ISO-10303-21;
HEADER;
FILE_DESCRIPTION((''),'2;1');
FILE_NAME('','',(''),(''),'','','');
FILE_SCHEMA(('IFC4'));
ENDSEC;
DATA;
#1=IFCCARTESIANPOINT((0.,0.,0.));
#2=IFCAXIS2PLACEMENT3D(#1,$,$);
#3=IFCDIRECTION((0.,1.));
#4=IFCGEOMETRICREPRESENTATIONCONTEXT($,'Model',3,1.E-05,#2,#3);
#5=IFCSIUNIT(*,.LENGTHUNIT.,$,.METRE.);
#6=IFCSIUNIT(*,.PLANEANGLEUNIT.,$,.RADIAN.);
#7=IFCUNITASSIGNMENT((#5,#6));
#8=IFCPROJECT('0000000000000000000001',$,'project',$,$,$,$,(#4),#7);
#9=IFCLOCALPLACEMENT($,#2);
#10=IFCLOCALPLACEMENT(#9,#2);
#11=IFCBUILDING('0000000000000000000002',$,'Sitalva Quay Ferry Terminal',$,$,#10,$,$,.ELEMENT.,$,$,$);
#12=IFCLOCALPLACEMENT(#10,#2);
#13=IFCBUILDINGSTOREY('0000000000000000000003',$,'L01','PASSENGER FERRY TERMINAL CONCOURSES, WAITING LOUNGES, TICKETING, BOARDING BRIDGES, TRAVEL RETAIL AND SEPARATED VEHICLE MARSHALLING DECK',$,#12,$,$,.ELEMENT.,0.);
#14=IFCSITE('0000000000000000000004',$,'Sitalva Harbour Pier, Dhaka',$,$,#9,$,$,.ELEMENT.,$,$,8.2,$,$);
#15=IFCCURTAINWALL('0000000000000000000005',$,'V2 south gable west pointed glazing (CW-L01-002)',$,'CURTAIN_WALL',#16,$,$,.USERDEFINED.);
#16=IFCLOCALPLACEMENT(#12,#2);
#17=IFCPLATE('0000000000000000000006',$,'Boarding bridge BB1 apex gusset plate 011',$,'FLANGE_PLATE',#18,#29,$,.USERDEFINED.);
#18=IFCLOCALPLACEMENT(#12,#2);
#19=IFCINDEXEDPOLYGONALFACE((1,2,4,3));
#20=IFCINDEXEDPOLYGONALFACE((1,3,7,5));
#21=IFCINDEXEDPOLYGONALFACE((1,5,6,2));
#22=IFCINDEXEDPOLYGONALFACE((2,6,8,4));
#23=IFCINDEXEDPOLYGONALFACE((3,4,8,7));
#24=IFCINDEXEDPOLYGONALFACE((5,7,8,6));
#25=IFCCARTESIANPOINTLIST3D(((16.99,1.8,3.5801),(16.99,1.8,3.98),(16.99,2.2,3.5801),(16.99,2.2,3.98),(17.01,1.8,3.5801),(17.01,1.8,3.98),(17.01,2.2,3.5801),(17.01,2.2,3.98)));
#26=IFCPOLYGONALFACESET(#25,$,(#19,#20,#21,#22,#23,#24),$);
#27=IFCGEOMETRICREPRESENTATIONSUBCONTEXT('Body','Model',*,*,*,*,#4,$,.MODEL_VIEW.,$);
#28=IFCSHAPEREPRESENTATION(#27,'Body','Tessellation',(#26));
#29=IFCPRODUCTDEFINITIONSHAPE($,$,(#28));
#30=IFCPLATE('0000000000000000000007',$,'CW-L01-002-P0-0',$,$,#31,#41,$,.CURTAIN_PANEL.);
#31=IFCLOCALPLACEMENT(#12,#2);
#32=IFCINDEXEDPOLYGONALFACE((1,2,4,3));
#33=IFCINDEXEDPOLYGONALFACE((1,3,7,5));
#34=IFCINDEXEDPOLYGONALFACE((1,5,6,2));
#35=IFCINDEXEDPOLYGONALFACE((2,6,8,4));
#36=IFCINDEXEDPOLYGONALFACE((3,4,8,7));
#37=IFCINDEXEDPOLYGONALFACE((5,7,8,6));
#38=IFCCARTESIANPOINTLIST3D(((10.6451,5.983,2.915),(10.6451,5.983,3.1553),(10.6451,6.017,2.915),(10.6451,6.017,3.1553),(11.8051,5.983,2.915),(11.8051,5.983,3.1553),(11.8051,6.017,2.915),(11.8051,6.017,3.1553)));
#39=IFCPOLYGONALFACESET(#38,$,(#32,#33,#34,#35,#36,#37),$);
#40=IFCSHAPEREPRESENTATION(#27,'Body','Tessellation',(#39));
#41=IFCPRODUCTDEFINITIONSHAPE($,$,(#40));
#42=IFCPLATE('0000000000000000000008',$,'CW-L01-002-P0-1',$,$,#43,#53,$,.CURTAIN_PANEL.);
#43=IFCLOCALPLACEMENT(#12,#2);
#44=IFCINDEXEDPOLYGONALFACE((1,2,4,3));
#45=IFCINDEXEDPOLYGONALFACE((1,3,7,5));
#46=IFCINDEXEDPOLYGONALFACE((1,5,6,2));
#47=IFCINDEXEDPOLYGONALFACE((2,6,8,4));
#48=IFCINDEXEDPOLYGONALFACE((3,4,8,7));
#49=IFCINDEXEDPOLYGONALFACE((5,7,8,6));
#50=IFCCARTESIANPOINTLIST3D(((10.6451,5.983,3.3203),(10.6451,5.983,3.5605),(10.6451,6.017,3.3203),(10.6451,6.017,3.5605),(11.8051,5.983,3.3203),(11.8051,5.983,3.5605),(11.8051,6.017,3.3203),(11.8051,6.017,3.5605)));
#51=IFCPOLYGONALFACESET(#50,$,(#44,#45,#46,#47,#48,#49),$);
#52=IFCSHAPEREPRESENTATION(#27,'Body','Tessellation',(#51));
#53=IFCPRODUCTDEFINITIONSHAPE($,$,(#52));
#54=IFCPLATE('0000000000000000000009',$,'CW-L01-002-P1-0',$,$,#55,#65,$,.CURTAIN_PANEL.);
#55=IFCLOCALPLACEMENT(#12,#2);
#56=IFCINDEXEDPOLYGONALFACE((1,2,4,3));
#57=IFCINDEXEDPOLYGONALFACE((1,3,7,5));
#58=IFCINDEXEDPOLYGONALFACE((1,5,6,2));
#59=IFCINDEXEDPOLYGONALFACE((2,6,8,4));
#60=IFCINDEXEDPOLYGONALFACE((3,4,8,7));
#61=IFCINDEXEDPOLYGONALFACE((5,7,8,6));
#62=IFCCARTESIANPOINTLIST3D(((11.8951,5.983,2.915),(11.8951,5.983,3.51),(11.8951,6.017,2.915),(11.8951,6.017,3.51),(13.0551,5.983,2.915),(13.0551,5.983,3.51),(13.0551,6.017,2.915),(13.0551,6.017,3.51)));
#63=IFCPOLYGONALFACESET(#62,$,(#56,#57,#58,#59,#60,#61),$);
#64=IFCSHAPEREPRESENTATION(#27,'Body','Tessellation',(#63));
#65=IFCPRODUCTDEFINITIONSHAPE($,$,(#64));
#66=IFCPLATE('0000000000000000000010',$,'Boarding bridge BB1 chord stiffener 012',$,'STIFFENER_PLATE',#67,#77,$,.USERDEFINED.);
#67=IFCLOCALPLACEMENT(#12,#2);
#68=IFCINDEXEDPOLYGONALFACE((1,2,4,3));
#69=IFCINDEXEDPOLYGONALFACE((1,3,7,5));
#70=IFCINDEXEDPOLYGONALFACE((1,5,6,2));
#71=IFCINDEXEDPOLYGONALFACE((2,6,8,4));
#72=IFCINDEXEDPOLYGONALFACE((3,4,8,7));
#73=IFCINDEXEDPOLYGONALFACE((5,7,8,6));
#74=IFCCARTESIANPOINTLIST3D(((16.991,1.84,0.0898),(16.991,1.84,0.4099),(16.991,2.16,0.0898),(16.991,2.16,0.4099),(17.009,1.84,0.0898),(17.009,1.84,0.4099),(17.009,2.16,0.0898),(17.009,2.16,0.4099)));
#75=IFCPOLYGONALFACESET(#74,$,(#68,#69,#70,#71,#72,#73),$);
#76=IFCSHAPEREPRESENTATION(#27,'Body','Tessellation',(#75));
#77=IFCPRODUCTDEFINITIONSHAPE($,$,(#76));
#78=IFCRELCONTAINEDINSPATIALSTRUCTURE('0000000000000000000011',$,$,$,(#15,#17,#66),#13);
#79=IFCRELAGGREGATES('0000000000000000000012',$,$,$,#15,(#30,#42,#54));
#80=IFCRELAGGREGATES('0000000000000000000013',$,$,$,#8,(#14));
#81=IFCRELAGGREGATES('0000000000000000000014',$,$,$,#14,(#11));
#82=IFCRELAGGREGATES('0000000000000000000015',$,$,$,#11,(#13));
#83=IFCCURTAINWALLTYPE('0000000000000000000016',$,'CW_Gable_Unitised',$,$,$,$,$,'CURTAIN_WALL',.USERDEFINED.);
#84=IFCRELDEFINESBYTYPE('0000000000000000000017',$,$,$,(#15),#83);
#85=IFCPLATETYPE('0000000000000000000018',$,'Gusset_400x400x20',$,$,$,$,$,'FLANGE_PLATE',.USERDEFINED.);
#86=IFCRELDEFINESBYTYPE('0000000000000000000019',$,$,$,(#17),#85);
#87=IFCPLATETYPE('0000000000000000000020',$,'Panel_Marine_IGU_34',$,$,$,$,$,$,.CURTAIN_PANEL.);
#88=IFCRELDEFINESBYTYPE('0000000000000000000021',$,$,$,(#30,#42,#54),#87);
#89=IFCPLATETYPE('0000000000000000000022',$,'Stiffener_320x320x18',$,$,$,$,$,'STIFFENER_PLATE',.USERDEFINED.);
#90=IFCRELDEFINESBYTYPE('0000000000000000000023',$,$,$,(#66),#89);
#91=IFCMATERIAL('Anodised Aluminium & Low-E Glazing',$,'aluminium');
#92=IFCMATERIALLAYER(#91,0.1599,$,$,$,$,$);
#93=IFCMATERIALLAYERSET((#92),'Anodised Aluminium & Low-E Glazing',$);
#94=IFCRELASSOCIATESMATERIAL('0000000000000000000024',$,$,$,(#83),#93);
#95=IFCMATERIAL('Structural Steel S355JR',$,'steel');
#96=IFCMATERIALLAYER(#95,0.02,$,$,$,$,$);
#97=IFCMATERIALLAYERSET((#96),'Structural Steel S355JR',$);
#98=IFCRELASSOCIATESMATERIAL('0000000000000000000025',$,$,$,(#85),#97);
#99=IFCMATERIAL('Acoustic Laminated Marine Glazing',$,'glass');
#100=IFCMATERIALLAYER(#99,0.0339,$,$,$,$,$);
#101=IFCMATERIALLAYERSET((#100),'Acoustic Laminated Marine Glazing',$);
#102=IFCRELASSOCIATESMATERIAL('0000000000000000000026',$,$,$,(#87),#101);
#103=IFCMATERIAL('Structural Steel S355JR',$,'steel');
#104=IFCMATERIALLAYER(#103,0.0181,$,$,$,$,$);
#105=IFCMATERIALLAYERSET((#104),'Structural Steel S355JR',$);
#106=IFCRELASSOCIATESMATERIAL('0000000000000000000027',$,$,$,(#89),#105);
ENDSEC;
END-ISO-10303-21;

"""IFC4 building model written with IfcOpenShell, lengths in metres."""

from ifc_helpers import new_model, si_unit, direction, frame, origin, origin_2d, place, context, subcontext, project, spatial, rectangle, extrude, material, layer, layer_set, type_object, element, aggregate, save


model = new_model("IFC4")

# Units and contexts
model_context = context("Model", 3, precision=1e-05, world=origin(), true_north=direction((0.0, 1.0)))
body_context = subcontext(model_context, "Body", "Model", "MODEL_VIEW")
ifc_project = project(units=[si_unit("LENGTHUNIT", "METRE"), si_unit("PLANEANGLEUNIT", "RADIAN")], contexts=[model_context])

# Site, building, storey
site_placement = place(None, origin())
site = spatial("IfcSite", under=ifc_project, at=site_placement, Name="Sitalva Harbour Pier, Dhaka", CompositionType="ELEMENT", RefElevation=8.2)
building_placement = place(site_placement, origin())
building = spatial("IfcBuilding", under=site, at=building_placement, Name="Sitalva Quay Ferry Terminal", CompositionType="ELEMENT")
storey_placement = place(building_placement, origin())
storey = spatial("IfcBuildingStorey", under=building, at=storey_placement, Name="L01", Description="PASSENGER FERRY TERMINAL CONCOURSES, WAITING LOUNGES, TICKETING, BOARDING BRIDGES, TRAVEL RETAIL AND SEPARATED VEHICLE MARSHALLING DECK", CompositionType="ELEMENT", Elevation=0.0)

# Curtain wall
ifc_material_1 = material(Name="Anodised Aluminium & Low-E Glazing", Category="aluminium")
ifc_layer_1 = layer(ifc_material_1, 0.1599)
ifc_layer_set_1 = layer_set([ifc_layer_1], Name="Anodised Aluminium & Low-E Glazing")
curtain_wall_type = type_object("IfcCurtainWallType", Name="CW_Gable_Unitised", ElementType="CURTAIN_WALL", PredefinedType="USERDEFINED", material=ifc_layer_set_1)
curtain_wall_placement = place(storey_placement, origin())
curtain_wall = element("IfcCurtainWall", 1, at=curtain_wall_placement, inside=storey, type_object=curtain_wall_type, Name="V2 south gable west pointed glazing (CW-L01-002)", ObjectType="CURTAIN_WALL", PredefinedType="USERDEFINED")

# Plate
ifc_material_2 = material(Name="Structural Steel S355JR", Category="steel")
ifc_layer_2 = layer(ifc_material_2, 0.02)
ifc_layer_set_2 = layer_set([ifc_layer_2], Name="Structural Steel S355JR")
plate_type_1 = type_object("IfcPlateType", Name="Gusset_400x400x20", ElementType="FLANGE_PLATE", PredefinedType="USERDEFINED", material=ifc_layer_set_2)
plate_1_placement = place(storey_placement, frame((17.0, 2.0, 3.5801), z_axis=(0.0, 0.0, 1.0), x_axis=(1.0, 0.0, 0.0)))
element("IfcPlate", 2, at=plate_1_placement, inside=storey, type_object=plate_type_1, Name="Boarding bridge BB1 apex gusset plate 011", ObjectType="FLANGE_PLATE", PredefinedType="USERDEFINED", context=body_context, shape_type="SweptSolid", body=[
    extrude(rectangle(XDim=0.02, YDim=0.3999, at=origin_2d()), origin(), (0.0, 0.0, 1.0), 0.3999),
])

# Plates
ifc_material_3 = material(Name="Acoustic Laminated Marine Glazing", Category="glass")
ifc_layer_3 = layer(ifc_material_3, 0.0339)
ifc_layer_set_3 = layer_set([ifc_layer_3], Name="Acoustic Laminated Marine Glazing")
plate_type_2 = type_object("IfcPlateType", Name="Panel_Marine_IGU_34", PredefinedType="CURTAIN_PANEL", material=ifc_layer_set_3)
plate_2_placement = place(storey_placement, frame((11.2251, 6.0, 2.915), z_axis=(0.0, 0.0, 1.0), x_axis=(1.0, 0.0, 0.0)))
plate_2 = element("IfcPlate", 3, at=plate_2_placement, type_object=plate_type_2, Name="CW-L01-002-P0-0", PredefinedType="CURTAIN_PANEL", context=body_context, shape_type="SweptSolid", body=[
    extrude(rectangle(XDim=1.1599, YDim=0.0339, at=origin_2d()), origin(), (0.0, 0.0, 1.0), 0.2402),
])
plate_3_placement = place(storey_placement, frame((11.2251, 6.0, 3.3203), z_axis=(0.0, 0.0, 1.0), x_axis=(1.0, 0.0, 0.0)))
plate_3 = element("IfcPlate", 4, at=plate_3_placement, type_object=plate_type_2, Name="CW-L01-002-P0-1", PredefinedType="CURTAIN_PANEL", context=body_context, shape_type="SweptSolid", body=[
    extrude(rectangle(XDim=1.1599, YDim=0.0339, at=origin_2d()), origin(), (0.0, 0.0, 1.0), 0.2402),
])
plate_4_placement = place(storey_placement, frame((12.4751, 6.0, 2.915), z_axis=(0.0, 0.0, 1.0), x_axis=(1.0, 0.0, 0.0)))
plate_4 = element("IfcPlate", 5, at=plate_4_placement, type_object=plate_type_2, Name="CW-L01-002-P1-0", PredefinedType="CURTAIN_PANEL", context=body_context, shape_type="SweptSolid", body=[
    extrude(rectangle(XDim=1.1599, YDim=0.0339, at=origin_2d()), origin(), (0.0, 0.0, 1.0), 0.595),
])
aggregate(curtain_wall, [plate_2, plate_3, plate_4])
ifc_material_4 = material(Name="Structural Steel S355JR", Category="steel")
ifc_layer_4 = layer(ifc_material_4, 0.0181)
ifc_layer_set_4 = layer_set([ifc_layer_4], Name="Structural Steel S355JR")
plate_type_3 = type_object("IfcPlateType", Name="Stiffener_320x320x18", ElementType="STIFFENER_PLATE", PredefinedType="USERDEFINED", material=ifc_layer_set_4)
plate_5_placement = place(storey_placement, frame((17.0, 2.0, 0.0898), z_axis=(0.0, 0.0, 1.0), x_axis=(1.0, 0.0, 0.0)))
element("IfcPlate", 6, at=plate_5_placement, inside=storey, type_object=plate_type_3, Name="Boarding bridge BB1 chord stiffener 012", ObjectType="STIFFENER_PLATE", PredefinedType="USERDEFINED", context=body_context, shape_type="SweptSolid", body=[
    extrude(rectangle(XDim=0.0181, YDim=0.3201, at=origin_2d()), origin(), (0.0, 0.0, 1.0), 0.3201),
])

save(model, "model.ifc")
